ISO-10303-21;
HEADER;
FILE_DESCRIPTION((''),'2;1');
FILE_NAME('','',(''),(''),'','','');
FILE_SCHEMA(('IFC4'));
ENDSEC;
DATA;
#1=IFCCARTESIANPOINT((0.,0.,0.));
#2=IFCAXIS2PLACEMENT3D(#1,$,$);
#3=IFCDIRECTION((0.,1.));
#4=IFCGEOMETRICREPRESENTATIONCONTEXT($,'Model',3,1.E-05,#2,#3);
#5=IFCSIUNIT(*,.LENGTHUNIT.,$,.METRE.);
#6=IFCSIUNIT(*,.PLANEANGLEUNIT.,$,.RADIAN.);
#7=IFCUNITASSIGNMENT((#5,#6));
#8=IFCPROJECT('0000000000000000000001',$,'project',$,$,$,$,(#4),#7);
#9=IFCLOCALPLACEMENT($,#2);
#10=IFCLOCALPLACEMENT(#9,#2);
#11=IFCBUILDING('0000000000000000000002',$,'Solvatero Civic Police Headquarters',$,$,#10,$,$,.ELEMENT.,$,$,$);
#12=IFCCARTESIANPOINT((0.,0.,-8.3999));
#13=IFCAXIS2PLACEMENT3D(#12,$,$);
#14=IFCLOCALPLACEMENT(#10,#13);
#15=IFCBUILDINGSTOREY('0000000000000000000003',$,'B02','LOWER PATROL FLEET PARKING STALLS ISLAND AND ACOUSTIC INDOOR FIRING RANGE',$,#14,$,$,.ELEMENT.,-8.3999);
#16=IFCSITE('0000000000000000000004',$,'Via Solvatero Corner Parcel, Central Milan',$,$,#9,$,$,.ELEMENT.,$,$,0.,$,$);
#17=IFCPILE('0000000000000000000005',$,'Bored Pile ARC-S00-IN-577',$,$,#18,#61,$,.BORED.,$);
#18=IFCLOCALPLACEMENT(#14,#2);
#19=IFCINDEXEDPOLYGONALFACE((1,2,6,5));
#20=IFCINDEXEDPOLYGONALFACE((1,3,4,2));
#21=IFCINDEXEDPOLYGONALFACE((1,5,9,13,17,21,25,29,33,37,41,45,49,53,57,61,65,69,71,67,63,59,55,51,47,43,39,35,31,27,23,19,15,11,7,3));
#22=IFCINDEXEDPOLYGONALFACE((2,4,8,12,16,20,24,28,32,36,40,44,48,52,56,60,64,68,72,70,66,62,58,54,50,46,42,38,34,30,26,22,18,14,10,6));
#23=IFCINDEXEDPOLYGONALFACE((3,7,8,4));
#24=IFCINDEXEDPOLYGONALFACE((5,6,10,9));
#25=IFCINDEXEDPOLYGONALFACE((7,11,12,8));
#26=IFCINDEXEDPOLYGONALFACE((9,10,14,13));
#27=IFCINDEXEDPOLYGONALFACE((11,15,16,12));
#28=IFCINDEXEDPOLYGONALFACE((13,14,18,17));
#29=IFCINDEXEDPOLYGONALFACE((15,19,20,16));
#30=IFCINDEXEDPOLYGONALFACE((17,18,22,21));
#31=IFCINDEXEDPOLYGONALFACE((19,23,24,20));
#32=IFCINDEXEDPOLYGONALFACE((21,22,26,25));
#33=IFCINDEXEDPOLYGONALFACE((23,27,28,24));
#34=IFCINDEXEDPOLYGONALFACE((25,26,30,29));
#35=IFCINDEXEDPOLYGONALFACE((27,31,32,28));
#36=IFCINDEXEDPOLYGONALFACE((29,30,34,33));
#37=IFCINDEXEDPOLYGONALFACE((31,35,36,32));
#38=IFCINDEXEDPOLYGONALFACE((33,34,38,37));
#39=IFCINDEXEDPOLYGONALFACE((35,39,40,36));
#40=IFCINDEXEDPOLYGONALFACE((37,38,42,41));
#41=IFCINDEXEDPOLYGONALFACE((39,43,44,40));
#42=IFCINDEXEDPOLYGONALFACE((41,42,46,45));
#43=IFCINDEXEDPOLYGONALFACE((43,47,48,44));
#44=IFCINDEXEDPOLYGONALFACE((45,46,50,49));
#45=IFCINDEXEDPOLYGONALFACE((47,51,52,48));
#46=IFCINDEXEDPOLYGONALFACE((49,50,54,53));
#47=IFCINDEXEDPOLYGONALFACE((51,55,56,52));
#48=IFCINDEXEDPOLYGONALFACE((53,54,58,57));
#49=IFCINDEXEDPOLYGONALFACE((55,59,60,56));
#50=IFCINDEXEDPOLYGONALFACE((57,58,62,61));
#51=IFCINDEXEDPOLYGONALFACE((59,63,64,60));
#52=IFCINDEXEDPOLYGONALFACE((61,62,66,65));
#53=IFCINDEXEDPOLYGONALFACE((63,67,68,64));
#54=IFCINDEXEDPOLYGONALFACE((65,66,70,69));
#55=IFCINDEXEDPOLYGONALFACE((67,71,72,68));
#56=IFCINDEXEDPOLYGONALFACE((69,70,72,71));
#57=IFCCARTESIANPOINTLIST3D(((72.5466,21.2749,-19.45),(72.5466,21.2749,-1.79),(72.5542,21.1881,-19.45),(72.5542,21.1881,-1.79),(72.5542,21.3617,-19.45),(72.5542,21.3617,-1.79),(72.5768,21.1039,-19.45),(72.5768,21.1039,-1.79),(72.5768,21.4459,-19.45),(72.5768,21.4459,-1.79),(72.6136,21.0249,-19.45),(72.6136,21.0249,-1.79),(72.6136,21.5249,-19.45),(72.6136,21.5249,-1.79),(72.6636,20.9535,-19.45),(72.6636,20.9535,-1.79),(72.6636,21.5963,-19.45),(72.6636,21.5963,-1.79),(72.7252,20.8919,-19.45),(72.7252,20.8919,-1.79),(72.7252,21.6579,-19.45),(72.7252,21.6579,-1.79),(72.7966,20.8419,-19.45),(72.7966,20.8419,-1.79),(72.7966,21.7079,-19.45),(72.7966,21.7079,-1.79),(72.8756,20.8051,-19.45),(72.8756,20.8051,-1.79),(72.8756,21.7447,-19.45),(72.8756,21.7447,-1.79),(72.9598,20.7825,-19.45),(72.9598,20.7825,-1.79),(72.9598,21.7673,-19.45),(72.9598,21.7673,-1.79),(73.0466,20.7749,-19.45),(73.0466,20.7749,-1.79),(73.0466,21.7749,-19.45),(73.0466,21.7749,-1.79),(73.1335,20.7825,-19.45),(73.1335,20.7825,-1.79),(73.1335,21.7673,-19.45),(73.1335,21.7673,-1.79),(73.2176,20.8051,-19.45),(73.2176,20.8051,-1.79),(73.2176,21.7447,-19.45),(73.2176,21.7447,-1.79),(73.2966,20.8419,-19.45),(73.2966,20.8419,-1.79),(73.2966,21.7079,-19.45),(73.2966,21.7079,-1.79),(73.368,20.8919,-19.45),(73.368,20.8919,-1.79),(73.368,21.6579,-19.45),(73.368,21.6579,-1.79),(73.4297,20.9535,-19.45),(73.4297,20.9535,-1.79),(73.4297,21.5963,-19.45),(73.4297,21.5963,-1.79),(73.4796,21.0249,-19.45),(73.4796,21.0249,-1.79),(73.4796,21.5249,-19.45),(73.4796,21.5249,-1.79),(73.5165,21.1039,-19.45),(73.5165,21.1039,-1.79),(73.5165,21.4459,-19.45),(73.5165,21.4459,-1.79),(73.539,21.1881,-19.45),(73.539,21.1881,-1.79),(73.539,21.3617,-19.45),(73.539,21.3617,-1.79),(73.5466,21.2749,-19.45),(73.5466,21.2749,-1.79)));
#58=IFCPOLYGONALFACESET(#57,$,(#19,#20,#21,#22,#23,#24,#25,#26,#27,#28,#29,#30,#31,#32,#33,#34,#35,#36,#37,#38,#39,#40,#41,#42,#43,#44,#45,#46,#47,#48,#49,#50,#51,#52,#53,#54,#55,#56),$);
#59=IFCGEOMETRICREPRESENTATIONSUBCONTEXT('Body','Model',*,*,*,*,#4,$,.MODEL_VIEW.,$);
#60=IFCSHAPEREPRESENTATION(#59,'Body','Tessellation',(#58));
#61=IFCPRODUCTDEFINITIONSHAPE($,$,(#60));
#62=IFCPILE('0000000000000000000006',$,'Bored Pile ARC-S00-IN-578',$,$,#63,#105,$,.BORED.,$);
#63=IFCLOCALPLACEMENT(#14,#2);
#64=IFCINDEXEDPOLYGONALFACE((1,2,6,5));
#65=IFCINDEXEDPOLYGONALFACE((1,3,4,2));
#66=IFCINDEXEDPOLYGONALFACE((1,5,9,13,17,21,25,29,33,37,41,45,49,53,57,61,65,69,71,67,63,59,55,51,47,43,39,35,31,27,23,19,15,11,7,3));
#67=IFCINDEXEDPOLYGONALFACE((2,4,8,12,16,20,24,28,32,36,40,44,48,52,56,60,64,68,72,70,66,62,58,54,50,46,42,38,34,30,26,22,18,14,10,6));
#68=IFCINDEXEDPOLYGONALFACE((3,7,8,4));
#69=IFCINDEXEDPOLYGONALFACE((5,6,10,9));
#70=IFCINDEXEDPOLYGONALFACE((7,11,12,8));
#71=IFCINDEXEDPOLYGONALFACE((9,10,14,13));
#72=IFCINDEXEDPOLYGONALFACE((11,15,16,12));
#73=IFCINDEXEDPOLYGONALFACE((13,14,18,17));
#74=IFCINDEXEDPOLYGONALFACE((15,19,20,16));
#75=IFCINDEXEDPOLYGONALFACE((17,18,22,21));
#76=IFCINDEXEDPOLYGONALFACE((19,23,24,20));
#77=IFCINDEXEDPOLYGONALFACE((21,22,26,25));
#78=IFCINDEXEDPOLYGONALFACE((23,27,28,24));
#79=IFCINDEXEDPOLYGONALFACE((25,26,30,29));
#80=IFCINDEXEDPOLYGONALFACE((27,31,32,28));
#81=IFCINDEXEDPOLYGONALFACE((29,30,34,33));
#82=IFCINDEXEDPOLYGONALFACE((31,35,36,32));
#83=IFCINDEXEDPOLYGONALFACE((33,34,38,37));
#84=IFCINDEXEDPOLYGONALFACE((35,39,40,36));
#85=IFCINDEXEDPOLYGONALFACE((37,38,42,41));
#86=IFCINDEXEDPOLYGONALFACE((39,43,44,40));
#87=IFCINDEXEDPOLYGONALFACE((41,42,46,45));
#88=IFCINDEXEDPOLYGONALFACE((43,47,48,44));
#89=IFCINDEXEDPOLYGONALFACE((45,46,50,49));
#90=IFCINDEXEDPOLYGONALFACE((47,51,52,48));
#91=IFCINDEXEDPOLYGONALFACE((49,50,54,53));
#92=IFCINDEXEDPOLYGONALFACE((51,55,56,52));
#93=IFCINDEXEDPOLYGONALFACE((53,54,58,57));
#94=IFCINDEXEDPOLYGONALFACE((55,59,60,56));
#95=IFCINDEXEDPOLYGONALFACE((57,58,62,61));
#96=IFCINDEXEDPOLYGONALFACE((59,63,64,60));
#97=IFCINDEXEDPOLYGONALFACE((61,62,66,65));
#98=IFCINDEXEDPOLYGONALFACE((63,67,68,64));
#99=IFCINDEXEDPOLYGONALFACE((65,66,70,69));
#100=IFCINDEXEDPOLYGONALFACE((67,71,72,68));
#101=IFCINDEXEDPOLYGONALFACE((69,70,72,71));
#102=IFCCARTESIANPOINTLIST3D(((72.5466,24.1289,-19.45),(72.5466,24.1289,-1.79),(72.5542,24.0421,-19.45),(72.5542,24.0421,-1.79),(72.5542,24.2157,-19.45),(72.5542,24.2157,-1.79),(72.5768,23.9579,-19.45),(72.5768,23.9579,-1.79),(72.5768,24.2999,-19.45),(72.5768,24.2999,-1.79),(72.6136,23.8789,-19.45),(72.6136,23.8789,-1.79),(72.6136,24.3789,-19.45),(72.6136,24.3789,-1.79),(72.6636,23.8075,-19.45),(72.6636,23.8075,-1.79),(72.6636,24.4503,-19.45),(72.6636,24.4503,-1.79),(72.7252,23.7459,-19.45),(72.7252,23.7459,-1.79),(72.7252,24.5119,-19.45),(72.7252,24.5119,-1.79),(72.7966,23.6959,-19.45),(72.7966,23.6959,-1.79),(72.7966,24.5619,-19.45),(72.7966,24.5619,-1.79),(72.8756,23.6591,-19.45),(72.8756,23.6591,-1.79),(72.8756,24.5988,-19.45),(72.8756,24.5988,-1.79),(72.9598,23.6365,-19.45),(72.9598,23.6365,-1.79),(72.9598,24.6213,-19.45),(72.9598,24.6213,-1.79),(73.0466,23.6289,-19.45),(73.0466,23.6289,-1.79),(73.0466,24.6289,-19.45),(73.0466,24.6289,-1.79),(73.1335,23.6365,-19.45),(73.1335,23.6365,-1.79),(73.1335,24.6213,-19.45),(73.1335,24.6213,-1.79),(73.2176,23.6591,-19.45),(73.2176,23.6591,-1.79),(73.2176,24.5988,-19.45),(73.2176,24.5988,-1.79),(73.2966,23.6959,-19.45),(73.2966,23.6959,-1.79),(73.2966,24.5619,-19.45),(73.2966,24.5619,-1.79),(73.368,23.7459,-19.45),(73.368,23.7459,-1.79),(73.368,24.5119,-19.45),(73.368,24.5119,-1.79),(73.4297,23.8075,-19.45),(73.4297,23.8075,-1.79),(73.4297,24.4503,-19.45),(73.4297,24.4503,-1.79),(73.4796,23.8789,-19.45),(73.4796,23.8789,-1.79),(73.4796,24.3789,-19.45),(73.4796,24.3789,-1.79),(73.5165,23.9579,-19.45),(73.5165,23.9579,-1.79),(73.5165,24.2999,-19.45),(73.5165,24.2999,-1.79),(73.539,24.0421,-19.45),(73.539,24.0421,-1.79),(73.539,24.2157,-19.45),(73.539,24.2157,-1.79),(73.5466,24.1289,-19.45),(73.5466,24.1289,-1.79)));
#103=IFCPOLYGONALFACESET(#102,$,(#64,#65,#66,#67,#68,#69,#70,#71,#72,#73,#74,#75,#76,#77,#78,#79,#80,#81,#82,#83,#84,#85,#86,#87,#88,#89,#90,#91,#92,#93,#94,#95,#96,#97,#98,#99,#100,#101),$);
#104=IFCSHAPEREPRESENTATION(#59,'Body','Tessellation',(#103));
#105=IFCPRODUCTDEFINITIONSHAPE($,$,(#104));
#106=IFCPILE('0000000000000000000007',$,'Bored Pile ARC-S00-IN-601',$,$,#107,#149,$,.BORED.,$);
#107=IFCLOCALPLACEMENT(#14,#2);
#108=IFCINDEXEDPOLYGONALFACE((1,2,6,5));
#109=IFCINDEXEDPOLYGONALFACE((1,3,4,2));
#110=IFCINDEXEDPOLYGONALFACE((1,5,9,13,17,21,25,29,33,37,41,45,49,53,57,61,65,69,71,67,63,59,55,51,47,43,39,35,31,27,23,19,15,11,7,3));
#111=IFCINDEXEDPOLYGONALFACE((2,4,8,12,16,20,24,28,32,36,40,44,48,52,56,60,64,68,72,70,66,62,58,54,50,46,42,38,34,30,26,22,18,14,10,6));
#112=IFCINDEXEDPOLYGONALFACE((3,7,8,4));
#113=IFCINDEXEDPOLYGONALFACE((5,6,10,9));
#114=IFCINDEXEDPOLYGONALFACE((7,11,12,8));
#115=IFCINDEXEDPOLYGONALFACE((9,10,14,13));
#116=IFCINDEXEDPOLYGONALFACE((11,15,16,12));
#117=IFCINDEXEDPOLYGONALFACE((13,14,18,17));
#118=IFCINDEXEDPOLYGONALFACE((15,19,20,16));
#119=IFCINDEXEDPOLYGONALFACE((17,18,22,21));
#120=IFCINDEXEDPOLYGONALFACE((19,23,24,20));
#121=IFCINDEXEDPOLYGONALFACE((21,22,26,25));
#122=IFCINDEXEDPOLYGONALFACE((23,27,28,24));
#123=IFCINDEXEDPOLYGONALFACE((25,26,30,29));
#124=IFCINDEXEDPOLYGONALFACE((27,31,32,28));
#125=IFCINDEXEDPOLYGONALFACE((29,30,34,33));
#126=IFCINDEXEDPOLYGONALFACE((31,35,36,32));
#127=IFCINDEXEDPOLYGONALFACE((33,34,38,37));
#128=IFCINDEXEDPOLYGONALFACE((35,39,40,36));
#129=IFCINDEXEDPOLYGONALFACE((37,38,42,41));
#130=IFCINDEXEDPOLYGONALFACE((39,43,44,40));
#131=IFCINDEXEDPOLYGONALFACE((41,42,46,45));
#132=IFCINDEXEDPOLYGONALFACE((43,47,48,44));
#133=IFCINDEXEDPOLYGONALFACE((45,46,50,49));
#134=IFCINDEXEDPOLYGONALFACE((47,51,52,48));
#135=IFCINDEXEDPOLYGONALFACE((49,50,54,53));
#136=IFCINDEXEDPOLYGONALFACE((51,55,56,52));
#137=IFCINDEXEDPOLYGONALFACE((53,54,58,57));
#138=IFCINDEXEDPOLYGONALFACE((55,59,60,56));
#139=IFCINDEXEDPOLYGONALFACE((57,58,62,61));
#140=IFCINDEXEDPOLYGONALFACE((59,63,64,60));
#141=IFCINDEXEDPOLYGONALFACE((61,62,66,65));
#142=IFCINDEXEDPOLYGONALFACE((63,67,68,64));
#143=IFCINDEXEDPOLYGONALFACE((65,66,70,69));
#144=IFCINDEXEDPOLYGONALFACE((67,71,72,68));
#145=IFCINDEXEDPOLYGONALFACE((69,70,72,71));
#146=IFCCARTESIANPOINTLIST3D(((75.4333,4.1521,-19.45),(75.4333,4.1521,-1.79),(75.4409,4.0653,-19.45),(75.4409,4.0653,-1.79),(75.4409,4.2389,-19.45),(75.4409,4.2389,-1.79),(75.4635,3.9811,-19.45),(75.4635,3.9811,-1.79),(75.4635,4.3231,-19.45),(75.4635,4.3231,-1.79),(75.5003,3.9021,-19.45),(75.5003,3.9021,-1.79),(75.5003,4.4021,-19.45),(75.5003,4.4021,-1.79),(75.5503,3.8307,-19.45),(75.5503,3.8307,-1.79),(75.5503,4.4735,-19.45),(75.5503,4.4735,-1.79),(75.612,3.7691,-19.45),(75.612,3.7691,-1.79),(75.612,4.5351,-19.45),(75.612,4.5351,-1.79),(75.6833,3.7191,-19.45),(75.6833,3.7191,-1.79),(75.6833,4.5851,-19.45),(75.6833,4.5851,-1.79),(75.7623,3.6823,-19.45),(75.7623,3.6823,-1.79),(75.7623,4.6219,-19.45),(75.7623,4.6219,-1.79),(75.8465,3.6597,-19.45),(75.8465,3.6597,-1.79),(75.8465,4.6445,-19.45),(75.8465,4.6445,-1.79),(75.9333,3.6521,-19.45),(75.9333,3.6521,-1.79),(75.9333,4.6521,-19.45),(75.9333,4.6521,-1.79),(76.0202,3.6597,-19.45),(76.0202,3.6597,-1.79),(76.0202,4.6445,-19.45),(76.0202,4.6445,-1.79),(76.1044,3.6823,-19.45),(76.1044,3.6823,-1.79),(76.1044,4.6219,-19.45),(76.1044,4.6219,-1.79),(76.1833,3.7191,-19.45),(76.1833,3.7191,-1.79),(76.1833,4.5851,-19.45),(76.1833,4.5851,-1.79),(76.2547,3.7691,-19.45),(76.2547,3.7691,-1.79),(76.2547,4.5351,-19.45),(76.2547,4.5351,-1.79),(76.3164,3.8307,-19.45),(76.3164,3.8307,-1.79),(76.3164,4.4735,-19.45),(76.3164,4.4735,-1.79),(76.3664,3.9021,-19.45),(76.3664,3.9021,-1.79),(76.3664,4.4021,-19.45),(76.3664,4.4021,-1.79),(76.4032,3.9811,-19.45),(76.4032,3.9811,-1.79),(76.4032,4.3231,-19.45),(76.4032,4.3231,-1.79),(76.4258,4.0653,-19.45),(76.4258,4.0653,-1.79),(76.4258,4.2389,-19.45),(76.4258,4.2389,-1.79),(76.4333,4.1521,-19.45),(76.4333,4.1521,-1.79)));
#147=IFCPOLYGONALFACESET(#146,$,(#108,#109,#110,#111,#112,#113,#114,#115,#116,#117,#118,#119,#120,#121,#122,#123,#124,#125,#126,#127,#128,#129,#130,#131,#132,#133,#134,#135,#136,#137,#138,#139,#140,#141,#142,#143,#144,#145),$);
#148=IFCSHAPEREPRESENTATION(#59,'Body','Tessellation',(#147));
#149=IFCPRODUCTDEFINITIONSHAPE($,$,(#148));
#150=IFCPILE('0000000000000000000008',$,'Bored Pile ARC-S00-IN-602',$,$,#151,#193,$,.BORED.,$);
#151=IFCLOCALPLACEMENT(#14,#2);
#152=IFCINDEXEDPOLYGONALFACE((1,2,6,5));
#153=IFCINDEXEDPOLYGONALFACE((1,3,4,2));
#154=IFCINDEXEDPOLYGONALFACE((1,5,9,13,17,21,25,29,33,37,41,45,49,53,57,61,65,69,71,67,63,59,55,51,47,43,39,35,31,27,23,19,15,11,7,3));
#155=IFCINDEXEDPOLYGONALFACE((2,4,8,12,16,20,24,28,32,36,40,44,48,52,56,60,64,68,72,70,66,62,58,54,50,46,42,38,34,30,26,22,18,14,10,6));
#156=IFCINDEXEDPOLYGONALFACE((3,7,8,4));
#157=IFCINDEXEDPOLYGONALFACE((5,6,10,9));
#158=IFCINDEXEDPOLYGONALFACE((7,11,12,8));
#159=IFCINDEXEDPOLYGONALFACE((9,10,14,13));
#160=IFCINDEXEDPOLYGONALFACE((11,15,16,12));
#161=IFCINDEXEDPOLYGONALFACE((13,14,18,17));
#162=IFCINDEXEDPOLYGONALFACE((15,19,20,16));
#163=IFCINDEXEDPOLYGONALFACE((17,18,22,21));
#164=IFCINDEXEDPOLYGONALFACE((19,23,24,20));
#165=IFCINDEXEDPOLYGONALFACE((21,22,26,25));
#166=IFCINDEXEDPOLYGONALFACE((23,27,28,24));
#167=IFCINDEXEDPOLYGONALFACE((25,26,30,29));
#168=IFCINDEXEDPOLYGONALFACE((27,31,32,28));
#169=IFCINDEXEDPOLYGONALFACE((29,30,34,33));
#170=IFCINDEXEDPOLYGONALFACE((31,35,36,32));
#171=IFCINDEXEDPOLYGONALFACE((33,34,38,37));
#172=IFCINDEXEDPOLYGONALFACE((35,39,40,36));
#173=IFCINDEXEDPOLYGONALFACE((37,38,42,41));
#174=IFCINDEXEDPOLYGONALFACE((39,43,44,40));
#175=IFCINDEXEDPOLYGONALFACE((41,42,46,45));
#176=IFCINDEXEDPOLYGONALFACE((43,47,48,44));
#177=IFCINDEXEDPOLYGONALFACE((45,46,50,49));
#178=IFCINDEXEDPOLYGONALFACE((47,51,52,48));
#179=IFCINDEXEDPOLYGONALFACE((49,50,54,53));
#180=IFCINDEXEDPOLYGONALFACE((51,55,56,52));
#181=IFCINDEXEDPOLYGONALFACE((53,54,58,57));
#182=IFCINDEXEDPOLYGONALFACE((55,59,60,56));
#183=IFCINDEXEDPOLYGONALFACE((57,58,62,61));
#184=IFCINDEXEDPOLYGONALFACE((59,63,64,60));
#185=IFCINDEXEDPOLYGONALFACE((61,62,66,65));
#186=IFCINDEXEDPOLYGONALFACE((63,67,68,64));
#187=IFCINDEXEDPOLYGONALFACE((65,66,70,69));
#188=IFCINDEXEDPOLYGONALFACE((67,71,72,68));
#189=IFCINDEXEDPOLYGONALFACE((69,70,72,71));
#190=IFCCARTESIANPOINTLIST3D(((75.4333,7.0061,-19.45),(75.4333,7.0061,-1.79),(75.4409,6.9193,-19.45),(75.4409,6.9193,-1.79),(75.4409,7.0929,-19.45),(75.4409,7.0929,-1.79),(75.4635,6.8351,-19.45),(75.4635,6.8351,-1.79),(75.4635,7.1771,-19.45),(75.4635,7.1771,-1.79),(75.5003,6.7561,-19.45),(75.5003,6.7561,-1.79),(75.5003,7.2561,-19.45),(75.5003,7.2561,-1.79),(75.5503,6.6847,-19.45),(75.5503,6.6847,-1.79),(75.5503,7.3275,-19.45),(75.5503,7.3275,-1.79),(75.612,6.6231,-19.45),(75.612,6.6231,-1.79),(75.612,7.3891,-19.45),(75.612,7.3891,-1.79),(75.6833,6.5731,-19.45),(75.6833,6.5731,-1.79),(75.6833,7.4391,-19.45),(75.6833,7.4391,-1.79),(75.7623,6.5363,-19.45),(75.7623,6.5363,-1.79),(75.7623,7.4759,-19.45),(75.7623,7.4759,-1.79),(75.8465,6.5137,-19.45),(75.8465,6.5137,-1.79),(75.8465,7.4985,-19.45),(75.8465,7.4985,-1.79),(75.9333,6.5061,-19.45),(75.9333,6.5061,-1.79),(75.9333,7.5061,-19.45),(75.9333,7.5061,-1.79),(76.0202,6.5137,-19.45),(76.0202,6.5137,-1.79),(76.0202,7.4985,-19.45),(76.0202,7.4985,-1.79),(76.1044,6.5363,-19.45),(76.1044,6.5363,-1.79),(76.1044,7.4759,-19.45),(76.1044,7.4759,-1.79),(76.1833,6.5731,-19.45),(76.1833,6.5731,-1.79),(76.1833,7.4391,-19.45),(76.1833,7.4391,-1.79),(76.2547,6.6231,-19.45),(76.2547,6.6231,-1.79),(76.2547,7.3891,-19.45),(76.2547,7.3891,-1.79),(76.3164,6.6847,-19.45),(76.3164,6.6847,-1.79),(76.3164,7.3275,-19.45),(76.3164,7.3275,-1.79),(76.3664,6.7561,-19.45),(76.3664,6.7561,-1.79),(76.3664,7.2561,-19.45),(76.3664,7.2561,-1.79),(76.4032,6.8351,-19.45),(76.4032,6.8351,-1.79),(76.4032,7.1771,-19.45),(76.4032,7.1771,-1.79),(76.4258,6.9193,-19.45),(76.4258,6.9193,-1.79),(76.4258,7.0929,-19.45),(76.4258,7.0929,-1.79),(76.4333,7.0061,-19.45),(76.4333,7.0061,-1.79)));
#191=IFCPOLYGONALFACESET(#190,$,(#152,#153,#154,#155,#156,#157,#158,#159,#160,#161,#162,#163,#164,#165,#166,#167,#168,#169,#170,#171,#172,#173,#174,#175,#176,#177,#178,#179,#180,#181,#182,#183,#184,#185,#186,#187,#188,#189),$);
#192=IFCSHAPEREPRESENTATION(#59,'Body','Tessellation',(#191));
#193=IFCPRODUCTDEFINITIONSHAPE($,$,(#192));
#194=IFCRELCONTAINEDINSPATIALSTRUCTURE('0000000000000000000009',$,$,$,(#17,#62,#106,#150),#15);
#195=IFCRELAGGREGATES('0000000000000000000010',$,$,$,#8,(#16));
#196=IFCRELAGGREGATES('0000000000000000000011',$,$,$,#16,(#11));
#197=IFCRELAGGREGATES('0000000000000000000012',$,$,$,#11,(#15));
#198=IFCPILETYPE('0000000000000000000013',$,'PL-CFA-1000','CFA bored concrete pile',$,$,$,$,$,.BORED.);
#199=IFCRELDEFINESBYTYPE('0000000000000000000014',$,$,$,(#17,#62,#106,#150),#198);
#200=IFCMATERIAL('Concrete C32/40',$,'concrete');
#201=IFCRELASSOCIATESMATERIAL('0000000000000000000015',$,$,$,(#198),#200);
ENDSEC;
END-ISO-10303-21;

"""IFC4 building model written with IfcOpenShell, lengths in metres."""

from ifc_helpers import new_model, si_unit, direction, frame, origin, origin_2d, place, context, subcontext, project, spatial, circle, extrude, material, material_profile, profile_set, type_object, element, save


model = new_model("IFC4")

# Units and contexts
model_context = context("Model", 3, precision=1e-05, world=origin(), true_north=direction((0.0, 1.0)))
body_context = subcontext(model_context, "Body", "Model", "MODEL_VIEW")
ifc_project = project(units=[si_unit("LENGTHUNIT", "METRE"), si_unit("PLANEANGLEUNIT", "RADIAN")], contexts=[model_context])

# Site, building, storey
site_placement = place(None, origin())
site = spatial("IfcSite", under=ifc_project, at=site_placement, Name="Via Solvatero Corner Parcel, Central Milan", CompositionType="ELEMENT", RefElevation=0.0)
building_placement = place(site_placement, origin())
building = spatial("IfcBuilding", under=site, at=building_placement, Name="Solvatero Civic Police Headquarters", CompositionType="ELEMENT")
storey_placement = place(building_placement, frame((0.0, 0.0, -8.3999)))
storey = spatial("IfcBuildingStorey", under=building, at=storey_placement, Name="B02", Description="LOWER PATROL FLEET PARKING STALLS ISLAND AND ACOUSTIC INDOOR FIRING RANGE", CompositionType="ELEMENT", Elevation=-8.3999)

# Piles
ifc_material_1 = material(Name="Concrete C32/40", Category="concrete")
ifc_material_profile_1 = material_profile(ifc_material_1, circle(Radius=0.5, at=origin_2d()), Name="CFA PILE D1000")
ifc_profile_set_1 = profile_set([ifc_material_profile_1], Name="Concrete C32/40")
pile_type = type_object("IfcPileType", Name="PL-CFA-1000", Description="CFA bored concrete pile", PredefinedType="BORED", material=ifc_profile_set_1)
for number, where, z_axis, x_axis, name in (
    (1, (73.0466, 21.2749, -1.79), (0.0, 0.0, -1.0), (1.0, 0.0, 0.0), "Bored Pile ARC-S00-IN-577"),
    (2, (73.0466, 24.1289, -1.79), (0.0, 0.0, -1.0), (1.0, 0.0, 0.0), "Bored Pile ARC-S00-IN-578"),
    (3, (75.9333, 4.1521, -1.79), (0.0, 0.0, -1.0), (1.0, 0.0, 0.0), "Bored Pile ARC-S00-IN-601"),
    (4, (75.9333, 7.0061, -1.79), (0.0, 0.0, -1.0), (1.0, 0.0, 0.0), "Bored Pile ARC-S00-IN-602"),
):
    element("IfcPile", number, at=place(storey_placement, frame(where, z_axis=z_axis, x_axis=x_axis)), inside=storey, type_object=pile_type, Name=name, PredefinedType="BORED", context=body_context, shape_type="SweptSolid", body=[
        extrude(circle(Radius=0.5, at=origin_2d()), origin(), (0.0, 0.0, 1.0), 17.6599),
    ])

save(model, "model.ifc")
